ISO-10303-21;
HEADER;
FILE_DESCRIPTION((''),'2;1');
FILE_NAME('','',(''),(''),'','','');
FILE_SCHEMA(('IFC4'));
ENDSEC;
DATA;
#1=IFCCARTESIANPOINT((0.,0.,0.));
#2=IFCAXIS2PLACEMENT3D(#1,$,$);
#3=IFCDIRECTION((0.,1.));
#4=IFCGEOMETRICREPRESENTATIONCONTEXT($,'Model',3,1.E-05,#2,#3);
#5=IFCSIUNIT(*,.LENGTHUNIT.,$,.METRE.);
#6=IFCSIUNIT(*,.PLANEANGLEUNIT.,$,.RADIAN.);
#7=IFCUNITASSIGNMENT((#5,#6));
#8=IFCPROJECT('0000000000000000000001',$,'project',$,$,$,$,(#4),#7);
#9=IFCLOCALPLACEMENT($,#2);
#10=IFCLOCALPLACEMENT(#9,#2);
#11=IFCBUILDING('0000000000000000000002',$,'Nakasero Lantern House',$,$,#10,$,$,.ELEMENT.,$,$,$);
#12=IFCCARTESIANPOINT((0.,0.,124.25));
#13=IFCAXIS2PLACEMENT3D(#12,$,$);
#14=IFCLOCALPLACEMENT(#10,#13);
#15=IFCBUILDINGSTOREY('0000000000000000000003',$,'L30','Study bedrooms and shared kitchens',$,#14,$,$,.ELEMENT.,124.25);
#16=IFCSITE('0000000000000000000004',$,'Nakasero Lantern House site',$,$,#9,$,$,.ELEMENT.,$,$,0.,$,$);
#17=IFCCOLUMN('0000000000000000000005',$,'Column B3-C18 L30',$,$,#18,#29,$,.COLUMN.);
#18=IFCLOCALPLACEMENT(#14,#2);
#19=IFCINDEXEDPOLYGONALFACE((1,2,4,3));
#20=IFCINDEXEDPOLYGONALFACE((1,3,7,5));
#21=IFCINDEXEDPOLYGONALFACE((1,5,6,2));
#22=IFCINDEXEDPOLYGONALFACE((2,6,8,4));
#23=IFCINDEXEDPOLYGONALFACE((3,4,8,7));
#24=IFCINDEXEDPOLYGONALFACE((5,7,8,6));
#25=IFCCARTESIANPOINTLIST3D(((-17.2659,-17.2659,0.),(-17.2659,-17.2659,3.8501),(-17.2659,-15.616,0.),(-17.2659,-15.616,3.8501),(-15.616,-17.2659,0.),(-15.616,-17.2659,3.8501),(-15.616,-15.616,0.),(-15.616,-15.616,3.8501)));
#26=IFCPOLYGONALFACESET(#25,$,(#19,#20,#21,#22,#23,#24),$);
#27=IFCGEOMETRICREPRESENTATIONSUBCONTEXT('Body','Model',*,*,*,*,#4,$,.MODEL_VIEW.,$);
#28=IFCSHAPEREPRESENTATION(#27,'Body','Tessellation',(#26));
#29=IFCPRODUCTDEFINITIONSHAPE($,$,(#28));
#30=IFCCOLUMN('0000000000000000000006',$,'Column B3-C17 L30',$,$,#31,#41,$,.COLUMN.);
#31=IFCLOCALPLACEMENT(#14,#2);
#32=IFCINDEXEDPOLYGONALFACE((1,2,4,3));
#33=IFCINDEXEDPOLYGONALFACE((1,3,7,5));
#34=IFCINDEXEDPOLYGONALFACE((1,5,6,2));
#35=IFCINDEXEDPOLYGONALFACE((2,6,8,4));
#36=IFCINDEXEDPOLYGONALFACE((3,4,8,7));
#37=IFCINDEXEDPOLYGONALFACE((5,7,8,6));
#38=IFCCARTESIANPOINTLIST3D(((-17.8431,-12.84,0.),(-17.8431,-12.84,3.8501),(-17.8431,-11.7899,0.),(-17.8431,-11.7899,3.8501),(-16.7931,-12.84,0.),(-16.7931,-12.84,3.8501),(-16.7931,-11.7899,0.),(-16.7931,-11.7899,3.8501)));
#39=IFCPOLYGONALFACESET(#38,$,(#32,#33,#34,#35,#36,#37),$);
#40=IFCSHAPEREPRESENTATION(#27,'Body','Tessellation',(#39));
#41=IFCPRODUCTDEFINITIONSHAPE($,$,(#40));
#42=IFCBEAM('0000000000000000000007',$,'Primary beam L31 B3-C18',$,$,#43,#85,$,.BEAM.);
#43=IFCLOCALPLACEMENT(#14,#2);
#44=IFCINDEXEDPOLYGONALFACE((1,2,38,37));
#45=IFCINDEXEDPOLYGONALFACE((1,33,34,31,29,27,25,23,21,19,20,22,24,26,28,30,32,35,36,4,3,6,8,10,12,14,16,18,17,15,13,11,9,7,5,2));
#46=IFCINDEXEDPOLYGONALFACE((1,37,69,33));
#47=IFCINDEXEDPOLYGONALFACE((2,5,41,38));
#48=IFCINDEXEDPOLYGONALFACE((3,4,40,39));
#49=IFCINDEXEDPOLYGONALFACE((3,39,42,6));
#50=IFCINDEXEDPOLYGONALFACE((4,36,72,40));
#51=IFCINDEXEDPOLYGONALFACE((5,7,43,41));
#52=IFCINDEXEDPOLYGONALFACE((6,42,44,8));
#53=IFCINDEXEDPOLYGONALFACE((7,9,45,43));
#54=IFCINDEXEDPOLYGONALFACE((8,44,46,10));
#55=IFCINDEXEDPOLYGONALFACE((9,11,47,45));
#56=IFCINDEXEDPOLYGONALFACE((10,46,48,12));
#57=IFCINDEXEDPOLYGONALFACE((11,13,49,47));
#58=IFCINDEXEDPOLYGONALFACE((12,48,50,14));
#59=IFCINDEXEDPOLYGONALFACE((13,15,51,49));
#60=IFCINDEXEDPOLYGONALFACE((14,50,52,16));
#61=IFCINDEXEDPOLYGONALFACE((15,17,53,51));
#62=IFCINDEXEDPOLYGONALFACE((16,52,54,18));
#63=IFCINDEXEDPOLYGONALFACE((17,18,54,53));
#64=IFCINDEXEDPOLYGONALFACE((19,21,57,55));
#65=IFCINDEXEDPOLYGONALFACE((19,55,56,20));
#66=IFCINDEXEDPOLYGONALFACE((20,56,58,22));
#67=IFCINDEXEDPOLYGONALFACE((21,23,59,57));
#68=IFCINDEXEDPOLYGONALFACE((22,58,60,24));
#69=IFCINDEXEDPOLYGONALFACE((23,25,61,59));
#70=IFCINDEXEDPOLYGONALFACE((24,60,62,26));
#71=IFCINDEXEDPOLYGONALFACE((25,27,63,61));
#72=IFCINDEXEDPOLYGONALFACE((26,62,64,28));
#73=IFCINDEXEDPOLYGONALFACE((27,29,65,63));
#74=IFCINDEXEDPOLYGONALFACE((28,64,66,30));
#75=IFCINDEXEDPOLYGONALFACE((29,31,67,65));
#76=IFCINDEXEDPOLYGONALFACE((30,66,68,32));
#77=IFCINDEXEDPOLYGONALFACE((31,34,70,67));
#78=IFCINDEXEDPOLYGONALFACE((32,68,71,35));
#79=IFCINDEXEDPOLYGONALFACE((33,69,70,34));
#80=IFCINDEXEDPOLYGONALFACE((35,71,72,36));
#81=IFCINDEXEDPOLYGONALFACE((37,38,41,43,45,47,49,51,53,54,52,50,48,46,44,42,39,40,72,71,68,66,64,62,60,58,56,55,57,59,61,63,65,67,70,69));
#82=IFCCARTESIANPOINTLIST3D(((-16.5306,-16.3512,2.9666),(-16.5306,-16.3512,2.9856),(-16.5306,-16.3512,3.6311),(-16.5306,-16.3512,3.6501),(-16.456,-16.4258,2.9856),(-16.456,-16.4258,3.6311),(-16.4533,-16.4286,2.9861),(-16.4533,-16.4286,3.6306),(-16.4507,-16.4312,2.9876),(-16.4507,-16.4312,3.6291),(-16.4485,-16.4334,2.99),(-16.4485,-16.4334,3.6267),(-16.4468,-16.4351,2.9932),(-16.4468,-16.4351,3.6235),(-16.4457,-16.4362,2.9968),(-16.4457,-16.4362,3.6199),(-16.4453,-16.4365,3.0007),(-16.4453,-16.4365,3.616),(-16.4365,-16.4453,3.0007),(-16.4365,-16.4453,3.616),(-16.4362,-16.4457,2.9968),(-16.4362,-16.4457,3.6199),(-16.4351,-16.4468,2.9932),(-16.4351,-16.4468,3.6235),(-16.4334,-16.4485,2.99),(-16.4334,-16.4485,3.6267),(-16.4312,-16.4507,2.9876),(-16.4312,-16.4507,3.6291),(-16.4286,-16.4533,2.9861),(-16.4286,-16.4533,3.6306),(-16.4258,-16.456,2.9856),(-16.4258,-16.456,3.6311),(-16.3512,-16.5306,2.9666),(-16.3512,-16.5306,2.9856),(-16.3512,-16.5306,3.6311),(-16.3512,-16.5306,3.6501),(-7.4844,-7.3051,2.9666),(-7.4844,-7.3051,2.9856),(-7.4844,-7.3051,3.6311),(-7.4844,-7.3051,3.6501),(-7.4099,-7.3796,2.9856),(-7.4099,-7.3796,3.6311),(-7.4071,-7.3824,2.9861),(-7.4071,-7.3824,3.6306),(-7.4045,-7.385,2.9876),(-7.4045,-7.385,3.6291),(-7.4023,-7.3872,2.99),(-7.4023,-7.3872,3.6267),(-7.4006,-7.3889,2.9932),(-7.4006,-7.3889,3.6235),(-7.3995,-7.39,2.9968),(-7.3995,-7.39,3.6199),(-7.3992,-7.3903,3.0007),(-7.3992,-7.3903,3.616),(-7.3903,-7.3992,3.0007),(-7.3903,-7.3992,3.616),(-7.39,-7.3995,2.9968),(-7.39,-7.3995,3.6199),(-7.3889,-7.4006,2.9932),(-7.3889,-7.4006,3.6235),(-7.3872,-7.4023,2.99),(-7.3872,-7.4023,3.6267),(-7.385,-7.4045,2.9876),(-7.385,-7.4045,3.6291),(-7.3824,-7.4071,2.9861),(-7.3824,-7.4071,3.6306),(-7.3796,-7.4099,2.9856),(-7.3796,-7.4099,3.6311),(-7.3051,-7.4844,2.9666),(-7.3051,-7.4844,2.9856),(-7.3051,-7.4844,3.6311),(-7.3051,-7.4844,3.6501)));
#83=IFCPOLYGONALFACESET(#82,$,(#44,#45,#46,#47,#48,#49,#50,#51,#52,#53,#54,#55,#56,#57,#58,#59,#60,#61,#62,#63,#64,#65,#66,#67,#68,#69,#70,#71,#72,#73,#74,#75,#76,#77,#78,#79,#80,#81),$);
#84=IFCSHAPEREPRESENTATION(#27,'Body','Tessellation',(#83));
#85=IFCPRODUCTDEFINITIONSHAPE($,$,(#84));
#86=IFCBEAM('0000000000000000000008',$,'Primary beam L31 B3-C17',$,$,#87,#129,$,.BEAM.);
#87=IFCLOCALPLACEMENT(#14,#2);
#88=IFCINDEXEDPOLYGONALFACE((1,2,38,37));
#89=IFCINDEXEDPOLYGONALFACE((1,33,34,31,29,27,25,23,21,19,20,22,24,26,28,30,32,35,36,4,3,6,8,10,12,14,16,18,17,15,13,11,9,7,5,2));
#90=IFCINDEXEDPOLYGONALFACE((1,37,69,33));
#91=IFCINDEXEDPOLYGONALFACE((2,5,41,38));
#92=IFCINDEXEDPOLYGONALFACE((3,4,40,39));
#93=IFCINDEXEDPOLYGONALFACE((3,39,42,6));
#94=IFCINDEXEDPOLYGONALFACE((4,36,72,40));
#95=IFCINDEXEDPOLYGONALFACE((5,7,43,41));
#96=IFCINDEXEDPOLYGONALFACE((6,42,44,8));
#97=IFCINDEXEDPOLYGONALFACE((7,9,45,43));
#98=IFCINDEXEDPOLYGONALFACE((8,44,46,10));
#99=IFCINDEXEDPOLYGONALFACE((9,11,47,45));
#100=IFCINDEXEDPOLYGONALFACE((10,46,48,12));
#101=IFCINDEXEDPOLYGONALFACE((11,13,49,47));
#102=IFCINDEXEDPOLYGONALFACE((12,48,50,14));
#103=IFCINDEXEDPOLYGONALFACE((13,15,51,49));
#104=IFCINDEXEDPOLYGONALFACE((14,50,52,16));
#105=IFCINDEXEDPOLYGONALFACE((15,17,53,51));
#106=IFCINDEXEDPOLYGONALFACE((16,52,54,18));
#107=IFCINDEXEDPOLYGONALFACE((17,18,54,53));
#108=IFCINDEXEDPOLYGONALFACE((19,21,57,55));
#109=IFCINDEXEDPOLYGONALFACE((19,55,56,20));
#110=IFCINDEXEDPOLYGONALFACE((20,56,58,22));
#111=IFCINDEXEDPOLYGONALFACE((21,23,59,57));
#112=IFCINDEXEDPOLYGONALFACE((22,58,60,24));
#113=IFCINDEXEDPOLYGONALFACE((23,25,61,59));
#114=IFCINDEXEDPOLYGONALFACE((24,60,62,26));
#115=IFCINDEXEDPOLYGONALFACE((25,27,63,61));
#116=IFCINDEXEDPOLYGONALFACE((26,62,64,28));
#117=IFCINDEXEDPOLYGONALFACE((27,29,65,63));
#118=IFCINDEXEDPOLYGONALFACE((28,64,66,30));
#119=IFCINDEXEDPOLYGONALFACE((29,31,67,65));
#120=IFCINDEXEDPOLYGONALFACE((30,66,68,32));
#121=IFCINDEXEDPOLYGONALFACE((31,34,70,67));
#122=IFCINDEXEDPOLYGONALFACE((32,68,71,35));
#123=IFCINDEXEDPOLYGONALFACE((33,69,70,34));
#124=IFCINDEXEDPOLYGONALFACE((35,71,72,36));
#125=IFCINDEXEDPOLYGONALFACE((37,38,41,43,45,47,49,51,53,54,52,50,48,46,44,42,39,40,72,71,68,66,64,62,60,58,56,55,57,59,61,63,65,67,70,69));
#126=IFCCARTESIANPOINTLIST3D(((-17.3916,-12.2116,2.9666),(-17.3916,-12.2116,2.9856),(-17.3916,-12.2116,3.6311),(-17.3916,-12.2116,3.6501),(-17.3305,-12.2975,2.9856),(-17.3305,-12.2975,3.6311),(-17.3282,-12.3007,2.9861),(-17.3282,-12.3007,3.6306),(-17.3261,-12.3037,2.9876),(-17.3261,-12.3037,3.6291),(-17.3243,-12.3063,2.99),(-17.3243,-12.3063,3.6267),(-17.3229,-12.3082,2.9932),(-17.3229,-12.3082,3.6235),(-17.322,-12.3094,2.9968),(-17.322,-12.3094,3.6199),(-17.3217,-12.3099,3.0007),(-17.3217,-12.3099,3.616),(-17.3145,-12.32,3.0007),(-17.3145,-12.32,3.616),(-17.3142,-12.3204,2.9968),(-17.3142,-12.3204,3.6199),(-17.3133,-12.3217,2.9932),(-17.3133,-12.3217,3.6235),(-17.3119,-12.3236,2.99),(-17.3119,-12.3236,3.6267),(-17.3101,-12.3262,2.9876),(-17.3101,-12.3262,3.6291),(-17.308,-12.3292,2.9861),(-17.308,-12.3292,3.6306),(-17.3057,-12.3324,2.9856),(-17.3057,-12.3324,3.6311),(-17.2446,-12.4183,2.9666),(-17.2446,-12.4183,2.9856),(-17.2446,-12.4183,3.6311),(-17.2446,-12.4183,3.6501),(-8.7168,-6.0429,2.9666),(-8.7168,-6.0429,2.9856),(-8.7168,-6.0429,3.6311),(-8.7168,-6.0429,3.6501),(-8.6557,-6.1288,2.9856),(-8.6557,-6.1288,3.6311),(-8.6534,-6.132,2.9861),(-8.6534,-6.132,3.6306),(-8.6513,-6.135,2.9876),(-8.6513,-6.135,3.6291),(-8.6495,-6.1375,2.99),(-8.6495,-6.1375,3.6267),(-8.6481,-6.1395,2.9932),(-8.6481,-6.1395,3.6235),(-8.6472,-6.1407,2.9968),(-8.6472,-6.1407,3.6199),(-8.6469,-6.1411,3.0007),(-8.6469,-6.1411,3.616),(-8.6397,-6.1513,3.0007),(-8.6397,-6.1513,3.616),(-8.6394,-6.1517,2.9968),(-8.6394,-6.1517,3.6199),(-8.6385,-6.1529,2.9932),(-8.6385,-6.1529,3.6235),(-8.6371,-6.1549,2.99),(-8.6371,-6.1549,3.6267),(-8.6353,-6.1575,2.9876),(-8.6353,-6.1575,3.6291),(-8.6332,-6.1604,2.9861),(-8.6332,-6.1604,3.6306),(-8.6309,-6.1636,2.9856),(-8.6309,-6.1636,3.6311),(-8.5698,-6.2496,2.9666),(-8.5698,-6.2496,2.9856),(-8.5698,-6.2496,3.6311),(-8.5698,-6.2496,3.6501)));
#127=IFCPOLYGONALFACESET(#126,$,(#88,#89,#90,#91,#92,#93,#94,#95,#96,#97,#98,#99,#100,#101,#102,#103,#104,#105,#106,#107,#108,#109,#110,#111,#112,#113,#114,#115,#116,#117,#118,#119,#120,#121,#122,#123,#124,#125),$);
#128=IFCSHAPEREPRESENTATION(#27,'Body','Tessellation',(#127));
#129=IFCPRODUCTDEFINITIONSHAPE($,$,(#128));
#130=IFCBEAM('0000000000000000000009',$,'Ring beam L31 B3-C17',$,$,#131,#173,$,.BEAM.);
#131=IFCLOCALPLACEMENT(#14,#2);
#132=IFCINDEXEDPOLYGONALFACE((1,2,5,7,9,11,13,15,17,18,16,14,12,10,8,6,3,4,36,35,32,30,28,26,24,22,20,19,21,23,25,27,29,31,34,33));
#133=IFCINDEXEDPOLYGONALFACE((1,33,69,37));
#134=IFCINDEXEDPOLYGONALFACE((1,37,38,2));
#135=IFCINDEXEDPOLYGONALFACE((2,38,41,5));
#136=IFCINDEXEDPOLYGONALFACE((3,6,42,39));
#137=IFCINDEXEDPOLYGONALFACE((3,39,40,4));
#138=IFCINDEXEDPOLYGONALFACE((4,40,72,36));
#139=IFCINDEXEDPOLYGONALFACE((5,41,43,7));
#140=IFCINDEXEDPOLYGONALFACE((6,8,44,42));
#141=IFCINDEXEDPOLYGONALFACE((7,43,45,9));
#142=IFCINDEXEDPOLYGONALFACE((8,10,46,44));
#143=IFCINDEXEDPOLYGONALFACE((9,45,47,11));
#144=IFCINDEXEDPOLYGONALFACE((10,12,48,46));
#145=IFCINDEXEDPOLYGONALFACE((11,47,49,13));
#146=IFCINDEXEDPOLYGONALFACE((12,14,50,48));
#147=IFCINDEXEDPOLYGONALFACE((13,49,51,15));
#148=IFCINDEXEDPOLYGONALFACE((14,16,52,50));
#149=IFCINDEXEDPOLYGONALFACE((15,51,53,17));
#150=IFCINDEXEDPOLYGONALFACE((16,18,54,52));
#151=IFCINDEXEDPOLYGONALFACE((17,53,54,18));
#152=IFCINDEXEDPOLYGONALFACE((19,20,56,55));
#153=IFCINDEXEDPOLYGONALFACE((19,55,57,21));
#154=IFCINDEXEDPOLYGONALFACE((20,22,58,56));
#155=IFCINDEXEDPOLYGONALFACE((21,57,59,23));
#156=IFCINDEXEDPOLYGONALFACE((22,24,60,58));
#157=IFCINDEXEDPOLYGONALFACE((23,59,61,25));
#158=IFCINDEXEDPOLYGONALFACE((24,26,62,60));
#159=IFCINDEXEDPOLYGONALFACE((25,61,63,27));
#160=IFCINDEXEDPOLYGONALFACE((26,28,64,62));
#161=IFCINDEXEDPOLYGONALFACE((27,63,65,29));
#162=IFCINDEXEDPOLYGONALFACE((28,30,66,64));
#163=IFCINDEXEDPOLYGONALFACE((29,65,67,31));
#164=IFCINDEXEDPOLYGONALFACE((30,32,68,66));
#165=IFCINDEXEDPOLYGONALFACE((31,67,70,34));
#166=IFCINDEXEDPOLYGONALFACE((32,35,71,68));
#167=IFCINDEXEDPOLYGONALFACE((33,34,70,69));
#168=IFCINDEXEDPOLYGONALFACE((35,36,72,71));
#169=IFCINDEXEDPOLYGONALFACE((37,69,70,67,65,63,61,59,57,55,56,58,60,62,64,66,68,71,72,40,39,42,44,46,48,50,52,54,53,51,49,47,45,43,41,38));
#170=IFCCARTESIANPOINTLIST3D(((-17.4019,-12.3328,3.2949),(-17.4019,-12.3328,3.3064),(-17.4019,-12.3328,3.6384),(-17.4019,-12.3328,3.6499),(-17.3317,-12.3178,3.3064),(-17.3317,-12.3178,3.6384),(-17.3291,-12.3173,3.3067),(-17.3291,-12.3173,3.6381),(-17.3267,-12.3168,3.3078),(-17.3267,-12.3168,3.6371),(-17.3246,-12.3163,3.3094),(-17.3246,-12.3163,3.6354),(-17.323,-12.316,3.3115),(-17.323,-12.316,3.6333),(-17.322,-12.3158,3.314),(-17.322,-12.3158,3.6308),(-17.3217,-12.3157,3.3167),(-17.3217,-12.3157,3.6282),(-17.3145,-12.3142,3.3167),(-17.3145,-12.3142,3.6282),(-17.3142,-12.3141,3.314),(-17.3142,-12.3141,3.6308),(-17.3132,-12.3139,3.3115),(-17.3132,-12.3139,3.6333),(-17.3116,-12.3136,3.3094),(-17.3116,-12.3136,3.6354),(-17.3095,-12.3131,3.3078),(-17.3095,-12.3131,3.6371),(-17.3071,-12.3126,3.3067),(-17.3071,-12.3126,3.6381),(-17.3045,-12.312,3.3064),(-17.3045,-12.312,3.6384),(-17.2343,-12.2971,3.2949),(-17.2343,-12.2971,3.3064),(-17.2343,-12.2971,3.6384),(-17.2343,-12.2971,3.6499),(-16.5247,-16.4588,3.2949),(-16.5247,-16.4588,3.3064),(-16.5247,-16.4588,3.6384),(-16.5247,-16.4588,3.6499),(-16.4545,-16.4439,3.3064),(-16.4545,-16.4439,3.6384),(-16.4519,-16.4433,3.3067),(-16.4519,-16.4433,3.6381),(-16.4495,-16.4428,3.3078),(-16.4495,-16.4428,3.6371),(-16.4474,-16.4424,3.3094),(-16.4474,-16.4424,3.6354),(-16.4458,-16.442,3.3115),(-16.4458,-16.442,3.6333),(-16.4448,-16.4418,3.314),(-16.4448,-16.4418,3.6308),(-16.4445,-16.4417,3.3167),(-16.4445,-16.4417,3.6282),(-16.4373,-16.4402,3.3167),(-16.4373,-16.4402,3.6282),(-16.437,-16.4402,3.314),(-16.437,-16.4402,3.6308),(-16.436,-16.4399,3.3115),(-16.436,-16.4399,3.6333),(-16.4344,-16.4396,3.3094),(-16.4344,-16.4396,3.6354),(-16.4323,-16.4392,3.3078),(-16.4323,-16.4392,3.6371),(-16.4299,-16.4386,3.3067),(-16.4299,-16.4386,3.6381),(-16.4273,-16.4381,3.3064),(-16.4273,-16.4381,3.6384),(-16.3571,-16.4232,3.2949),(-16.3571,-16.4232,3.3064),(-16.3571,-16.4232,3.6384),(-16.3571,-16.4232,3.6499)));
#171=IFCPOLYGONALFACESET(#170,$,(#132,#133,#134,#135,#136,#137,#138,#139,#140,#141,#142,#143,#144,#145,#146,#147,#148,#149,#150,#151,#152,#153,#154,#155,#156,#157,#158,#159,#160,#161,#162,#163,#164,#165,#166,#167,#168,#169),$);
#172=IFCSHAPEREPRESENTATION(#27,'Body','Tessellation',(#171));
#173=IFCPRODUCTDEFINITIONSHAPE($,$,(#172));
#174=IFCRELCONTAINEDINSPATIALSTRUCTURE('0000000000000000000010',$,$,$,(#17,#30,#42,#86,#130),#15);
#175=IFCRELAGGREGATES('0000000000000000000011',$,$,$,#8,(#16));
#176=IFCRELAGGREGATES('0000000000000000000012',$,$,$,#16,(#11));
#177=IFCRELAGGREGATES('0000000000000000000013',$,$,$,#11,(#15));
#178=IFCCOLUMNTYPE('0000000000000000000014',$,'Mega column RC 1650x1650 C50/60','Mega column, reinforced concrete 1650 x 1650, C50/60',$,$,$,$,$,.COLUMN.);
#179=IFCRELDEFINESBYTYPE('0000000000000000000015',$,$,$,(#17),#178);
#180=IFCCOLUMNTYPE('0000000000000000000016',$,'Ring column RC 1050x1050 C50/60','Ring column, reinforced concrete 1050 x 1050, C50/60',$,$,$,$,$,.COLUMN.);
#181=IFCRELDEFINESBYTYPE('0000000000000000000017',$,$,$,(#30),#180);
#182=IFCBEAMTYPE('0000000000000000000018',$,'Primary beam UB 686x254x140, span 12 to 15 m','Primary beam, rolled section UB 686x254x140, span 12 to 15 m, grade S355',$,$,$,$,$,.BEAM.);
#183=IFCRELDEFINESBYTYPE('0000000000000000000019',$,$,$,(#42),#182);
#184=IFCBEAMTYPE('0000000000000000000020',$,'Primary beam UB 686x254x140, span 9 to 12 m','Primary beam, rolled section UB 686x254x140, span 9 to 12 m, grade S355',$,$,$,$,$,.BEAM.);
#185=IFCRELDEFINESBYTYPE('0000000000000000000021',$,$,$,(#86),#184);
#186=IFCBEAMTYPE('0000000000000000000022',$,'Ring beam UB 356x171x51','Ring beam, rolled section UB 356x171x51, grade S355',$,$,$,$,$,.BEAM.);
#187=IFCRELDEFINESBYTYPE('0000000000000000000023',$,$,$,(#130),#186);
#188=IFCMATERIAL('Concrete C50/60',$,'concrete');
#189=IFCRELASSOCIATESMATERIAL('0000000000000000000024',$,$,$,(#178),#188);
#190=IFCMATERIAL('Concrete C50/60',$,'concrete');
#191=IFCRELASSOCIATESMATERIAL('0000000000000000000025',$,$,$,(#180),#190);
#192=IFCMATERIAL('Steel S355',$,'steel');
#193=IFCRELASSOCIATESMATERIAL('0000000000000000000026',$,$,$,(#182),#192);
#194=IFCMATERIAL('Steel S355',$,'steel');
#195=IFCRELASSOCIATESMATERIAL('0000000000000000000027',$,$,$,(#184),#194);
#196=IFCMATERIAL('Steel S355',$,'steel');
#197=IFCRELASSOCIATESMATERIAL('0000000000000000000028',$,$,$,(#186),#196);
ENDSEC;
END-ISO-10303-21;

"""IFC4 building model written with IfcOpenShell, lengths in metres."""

from ifc_helpers import new_model, si_unit, direction, frame, origin, origin_2d, place, context, subcontext, project, spatial, rectangle, i_section, extrude, material, material_profile, profile_set, type_object, element, save


model = new_model("IFC4")

# Units and contexts
model_context = context("Model", 3, precision=1e-05, world=origin(), true_north=direction((0.0, 1.0)))
body_context = subcontext(model_context, "Body", "Model", "MODEL_VIEW")
ifc_project = project(units=[si_unit("LENGTHUNIT", "METRE"), si_unit("PLANEANGLEUNIT", "RADIAN")], contexts=[model_context])

# Site, building, storey
site_placement = place(None, origin())
site = spatial("IfcSite", under=ifc_project, at=site_placement, Name="Nakasero Lantern House site", CompositionType="ELEMENT", RefElevation=0.0)
building_placement = place(site_placement, origin())
building = spatial("IfcBuilding", under=site, at=building_placement, Name="Nakasero Lantern House", CompositionType="ELEMENT")
storey_placement = place(building_placement, frame((0.0, 0.0, 124.25)))
storey = spatial("IfcBuildingStorey", under=building, at=storey_placement, Name="L30", Description="Study bedrooms and shared kitchens", CompositionType="ELEMENT", Elevation=124.25)

# Columns
ifc_material_1 = material(Name="Concrete C50/60", Category="concrete")
ifc_material_profile_1 = material_profile(ifc_material_1, rectangle(XDim=1.6499, YDim=1.6499, at=origin_2d()), Name="RC 1650x1650")
ifc_profile_set_1 = profile_set([ifc_material_profile_1], Name="Concrete C50/60")
column_type_1 = type_object("IfcColumnType", Name="Mega column RC 1650x1650 C50/60", Description="Mega column, reinforced concrete 1650 x 1650, C50/60", PredefinedType="COLUMN", material=ifc_profile_set_1)
column_1_placement = place(storey_placement, frame((-16.4409, -16.4409, 0.0), z_axis=(0.0, 0.0, 1.0), x_axis=(1.0, 0.0, 0.0)))
element("IfcColumn", 1, at=column_1_placement, inside=storey, type_object=column_type_1, Name="Column B3-C18 L30", PredefinedType="COLUMN", context=body_context, shape_type="SweptSolid", body=[
    extrude(rectangle(XDim=1.6499, YDim=1.6499, at=origin_2d()), origin(), (0.0, 0.0, 1.0), 3.8501),
])
ifc_material_2 = material(Name="Concrete C50/60", Category="concrete")
ifc_material_profile_2 = material_profile(ifc_material_2, rectangle(XDim=1.05, YDim=1.05, at=origin_2d()), Name="RC 1050x1050")
ifc_profile_set_2 = profile_set([ifc_material_profile_2], Name="Concrete C50/60")
column_type_2 = type_object("IfcColumnType", Name="Ring column RC 1050x1050 C50/60", Description="Ring column, reinforced concrete 1050 x 1050, C50/60", PredefinedType="COLUMN", material=ifc_profile_set_2)
column_2_placement = place(storey_placement, frame((-17.3181, -12.3149, 0.0), z_axis=(0.0, 0.0, 1.0), x_axis=(1.0, 0.0, 0.0)))
element("IfcColumn", 2, at=column_2_placement, inside=storey, type_object=column_type_2, Name="Column B3-C17 L30", PredefinedType="COLUMN", context=body_context, shape_type="SweptSolid", body=[
    extrude(rectangle(XDim=1.05, YDim=1.05, at=origin_2d()), origin(), (0.0, 0.0, 1.0), 3.8501),
])

# Beams
ifc_material_3 = material(Name="Steel S355", Category="steel")
ifc_material_profile_3 = material_profile(ifc_material_3, i_section(OverallWidth=0.2537, OverallDepth=0.6836, WebThickness=0.0125, FlangeThickness=0.019, FilletRadius=0.0151, at=origin_2d()), Name="UB 686x254x140")
ifc_profile_set_3 = profile_set([ifc_material_profile_3], Name="Steel S355")
beam_type_1 = type_object("IfcBeamType", Name="Primary beam UB 686x254x140, span 12 to 15 m", Description="Primary beam, rolled section UB 686x254x140, span 12 to 15 m, grade S355", PredefinedType="BEAM", material=ifc_profile_set_3)
beam_1_placement = place(storey_placement, frame((-16.4409, -16.4409, 3.3083), z_axis=(0.707107, 0.707107, 0.0), x_axis=(-0.707107, 0.707107, 0.0)))
element("IfcBeam", 3, at=beam_1_placement, inside=storey, type_object=beam_type_1, Name="Primary beam L31 B3-C18", PredefinedType="BEAM", context=body_context, shape_type="SweptSolid", body=[
    extrude(i_section(OverallWidth=0.2537, OverallDepth=0.6836, WebThickness=0.0125, FlangeThickness=0.019, FilletRadius=0.0151, at=origin_2d()), origin(), (0.0, 0.0, 1.0), 12.7932),
])
ifc_material_4 = material(Name="Steel S355", Category="steel")
ifc_material_profile_4 = material_profile(ifc_material_4, i_section(OverallWidth=0.2537, OverallDepth=0.6836, WebThickness=0.0125, FlangeThickness=0.019, FilletRadius=0.0151, at=origin_2d()), Name="UB 686x254x140")
ifc_profile_set_4 = profile_set([ifc_material_profile_4], Name="Steel S355")
beam_type_2 = type_object("IfcBeamType", Name="Primary beam UB 686x254x140, span 9 to 12 m", Description="Primary beam, rolled section UB 686x254x140, span 9 to 12 m, grade S355", PredefinedType="BEAM", material=ifc_profile_set_4)
beam_2_placement = place(storey_placement, frame((-17.3181, -12.3149, 3.3083), z_axis=(0.814957, 0.579521, 0.0), x_axis=(-0.579521, 0.814957, 0.0)))
element("IfcBeam", 4, at=beam_2_placement, inside=storey, type_object=beam_type_2, Name="Primary beam L31 B3-C17", PredefinedType="BEAM", context=body_context, shape_type="SweptSolid", body=[
    extrude(i_section(OverallWidth=0.2537, OverallDepth=0.6836, WebThickness=0.0125, FlangeThickness=0.019, FilletRadius=0.0151, at=origin_2d()), origin(), (0.0, 0.0, 1.0), 10.6445),
])
ifc_material_5 = material(Name="Steel S355", Category="steel")
ifc_material_profile_5 = material_profile(ifc_material_5, i_section(OverallWidth=0.1714, OverallDepth=0.355, WebThickness=0.0073, FlangeThickness=0.0115, FilletRadius=0.0103, at=origin_2d()), Name="UB 356x171x51")
ifc_profile_set_5 = profile_set([ifc_material_profile_5], Name="Steel S355")
beam_type_3 = type_object("IfcBeamType", Name="Ring beam UB 356x171x51", Description="Ring beam, rolled section UB 356x171x51, grade S355", PredefinedType="BEAM", material=ifc_profile_set_5)
beam_3_placement = place(storey_placement, frame((-17.3181, -12.3149, 3.4724), z_axis=(0.207956, -0.978138, 0.0), x_axis=(0.978138, 0.207956, 0.0)))
element("IfcBeam", 5, at=beam_3_placement, inside=storey, type_object=beam_type_3, Name="Ring beam L31 B3-C17", PredefinedType="BEAM", context=body_context, shape_type="SweptSolid", body=[
    extrude(i_section(OverallWidth=0.1714, OverallDepth=0.355, WebThickness=0.0073, FlangeThickness=0.0115, FilletRadius=0.0103, at=origin_2d()), origin(), (0.0, 0.0, 1.0), 4.2183),
])

save(model, "model.ifc")
